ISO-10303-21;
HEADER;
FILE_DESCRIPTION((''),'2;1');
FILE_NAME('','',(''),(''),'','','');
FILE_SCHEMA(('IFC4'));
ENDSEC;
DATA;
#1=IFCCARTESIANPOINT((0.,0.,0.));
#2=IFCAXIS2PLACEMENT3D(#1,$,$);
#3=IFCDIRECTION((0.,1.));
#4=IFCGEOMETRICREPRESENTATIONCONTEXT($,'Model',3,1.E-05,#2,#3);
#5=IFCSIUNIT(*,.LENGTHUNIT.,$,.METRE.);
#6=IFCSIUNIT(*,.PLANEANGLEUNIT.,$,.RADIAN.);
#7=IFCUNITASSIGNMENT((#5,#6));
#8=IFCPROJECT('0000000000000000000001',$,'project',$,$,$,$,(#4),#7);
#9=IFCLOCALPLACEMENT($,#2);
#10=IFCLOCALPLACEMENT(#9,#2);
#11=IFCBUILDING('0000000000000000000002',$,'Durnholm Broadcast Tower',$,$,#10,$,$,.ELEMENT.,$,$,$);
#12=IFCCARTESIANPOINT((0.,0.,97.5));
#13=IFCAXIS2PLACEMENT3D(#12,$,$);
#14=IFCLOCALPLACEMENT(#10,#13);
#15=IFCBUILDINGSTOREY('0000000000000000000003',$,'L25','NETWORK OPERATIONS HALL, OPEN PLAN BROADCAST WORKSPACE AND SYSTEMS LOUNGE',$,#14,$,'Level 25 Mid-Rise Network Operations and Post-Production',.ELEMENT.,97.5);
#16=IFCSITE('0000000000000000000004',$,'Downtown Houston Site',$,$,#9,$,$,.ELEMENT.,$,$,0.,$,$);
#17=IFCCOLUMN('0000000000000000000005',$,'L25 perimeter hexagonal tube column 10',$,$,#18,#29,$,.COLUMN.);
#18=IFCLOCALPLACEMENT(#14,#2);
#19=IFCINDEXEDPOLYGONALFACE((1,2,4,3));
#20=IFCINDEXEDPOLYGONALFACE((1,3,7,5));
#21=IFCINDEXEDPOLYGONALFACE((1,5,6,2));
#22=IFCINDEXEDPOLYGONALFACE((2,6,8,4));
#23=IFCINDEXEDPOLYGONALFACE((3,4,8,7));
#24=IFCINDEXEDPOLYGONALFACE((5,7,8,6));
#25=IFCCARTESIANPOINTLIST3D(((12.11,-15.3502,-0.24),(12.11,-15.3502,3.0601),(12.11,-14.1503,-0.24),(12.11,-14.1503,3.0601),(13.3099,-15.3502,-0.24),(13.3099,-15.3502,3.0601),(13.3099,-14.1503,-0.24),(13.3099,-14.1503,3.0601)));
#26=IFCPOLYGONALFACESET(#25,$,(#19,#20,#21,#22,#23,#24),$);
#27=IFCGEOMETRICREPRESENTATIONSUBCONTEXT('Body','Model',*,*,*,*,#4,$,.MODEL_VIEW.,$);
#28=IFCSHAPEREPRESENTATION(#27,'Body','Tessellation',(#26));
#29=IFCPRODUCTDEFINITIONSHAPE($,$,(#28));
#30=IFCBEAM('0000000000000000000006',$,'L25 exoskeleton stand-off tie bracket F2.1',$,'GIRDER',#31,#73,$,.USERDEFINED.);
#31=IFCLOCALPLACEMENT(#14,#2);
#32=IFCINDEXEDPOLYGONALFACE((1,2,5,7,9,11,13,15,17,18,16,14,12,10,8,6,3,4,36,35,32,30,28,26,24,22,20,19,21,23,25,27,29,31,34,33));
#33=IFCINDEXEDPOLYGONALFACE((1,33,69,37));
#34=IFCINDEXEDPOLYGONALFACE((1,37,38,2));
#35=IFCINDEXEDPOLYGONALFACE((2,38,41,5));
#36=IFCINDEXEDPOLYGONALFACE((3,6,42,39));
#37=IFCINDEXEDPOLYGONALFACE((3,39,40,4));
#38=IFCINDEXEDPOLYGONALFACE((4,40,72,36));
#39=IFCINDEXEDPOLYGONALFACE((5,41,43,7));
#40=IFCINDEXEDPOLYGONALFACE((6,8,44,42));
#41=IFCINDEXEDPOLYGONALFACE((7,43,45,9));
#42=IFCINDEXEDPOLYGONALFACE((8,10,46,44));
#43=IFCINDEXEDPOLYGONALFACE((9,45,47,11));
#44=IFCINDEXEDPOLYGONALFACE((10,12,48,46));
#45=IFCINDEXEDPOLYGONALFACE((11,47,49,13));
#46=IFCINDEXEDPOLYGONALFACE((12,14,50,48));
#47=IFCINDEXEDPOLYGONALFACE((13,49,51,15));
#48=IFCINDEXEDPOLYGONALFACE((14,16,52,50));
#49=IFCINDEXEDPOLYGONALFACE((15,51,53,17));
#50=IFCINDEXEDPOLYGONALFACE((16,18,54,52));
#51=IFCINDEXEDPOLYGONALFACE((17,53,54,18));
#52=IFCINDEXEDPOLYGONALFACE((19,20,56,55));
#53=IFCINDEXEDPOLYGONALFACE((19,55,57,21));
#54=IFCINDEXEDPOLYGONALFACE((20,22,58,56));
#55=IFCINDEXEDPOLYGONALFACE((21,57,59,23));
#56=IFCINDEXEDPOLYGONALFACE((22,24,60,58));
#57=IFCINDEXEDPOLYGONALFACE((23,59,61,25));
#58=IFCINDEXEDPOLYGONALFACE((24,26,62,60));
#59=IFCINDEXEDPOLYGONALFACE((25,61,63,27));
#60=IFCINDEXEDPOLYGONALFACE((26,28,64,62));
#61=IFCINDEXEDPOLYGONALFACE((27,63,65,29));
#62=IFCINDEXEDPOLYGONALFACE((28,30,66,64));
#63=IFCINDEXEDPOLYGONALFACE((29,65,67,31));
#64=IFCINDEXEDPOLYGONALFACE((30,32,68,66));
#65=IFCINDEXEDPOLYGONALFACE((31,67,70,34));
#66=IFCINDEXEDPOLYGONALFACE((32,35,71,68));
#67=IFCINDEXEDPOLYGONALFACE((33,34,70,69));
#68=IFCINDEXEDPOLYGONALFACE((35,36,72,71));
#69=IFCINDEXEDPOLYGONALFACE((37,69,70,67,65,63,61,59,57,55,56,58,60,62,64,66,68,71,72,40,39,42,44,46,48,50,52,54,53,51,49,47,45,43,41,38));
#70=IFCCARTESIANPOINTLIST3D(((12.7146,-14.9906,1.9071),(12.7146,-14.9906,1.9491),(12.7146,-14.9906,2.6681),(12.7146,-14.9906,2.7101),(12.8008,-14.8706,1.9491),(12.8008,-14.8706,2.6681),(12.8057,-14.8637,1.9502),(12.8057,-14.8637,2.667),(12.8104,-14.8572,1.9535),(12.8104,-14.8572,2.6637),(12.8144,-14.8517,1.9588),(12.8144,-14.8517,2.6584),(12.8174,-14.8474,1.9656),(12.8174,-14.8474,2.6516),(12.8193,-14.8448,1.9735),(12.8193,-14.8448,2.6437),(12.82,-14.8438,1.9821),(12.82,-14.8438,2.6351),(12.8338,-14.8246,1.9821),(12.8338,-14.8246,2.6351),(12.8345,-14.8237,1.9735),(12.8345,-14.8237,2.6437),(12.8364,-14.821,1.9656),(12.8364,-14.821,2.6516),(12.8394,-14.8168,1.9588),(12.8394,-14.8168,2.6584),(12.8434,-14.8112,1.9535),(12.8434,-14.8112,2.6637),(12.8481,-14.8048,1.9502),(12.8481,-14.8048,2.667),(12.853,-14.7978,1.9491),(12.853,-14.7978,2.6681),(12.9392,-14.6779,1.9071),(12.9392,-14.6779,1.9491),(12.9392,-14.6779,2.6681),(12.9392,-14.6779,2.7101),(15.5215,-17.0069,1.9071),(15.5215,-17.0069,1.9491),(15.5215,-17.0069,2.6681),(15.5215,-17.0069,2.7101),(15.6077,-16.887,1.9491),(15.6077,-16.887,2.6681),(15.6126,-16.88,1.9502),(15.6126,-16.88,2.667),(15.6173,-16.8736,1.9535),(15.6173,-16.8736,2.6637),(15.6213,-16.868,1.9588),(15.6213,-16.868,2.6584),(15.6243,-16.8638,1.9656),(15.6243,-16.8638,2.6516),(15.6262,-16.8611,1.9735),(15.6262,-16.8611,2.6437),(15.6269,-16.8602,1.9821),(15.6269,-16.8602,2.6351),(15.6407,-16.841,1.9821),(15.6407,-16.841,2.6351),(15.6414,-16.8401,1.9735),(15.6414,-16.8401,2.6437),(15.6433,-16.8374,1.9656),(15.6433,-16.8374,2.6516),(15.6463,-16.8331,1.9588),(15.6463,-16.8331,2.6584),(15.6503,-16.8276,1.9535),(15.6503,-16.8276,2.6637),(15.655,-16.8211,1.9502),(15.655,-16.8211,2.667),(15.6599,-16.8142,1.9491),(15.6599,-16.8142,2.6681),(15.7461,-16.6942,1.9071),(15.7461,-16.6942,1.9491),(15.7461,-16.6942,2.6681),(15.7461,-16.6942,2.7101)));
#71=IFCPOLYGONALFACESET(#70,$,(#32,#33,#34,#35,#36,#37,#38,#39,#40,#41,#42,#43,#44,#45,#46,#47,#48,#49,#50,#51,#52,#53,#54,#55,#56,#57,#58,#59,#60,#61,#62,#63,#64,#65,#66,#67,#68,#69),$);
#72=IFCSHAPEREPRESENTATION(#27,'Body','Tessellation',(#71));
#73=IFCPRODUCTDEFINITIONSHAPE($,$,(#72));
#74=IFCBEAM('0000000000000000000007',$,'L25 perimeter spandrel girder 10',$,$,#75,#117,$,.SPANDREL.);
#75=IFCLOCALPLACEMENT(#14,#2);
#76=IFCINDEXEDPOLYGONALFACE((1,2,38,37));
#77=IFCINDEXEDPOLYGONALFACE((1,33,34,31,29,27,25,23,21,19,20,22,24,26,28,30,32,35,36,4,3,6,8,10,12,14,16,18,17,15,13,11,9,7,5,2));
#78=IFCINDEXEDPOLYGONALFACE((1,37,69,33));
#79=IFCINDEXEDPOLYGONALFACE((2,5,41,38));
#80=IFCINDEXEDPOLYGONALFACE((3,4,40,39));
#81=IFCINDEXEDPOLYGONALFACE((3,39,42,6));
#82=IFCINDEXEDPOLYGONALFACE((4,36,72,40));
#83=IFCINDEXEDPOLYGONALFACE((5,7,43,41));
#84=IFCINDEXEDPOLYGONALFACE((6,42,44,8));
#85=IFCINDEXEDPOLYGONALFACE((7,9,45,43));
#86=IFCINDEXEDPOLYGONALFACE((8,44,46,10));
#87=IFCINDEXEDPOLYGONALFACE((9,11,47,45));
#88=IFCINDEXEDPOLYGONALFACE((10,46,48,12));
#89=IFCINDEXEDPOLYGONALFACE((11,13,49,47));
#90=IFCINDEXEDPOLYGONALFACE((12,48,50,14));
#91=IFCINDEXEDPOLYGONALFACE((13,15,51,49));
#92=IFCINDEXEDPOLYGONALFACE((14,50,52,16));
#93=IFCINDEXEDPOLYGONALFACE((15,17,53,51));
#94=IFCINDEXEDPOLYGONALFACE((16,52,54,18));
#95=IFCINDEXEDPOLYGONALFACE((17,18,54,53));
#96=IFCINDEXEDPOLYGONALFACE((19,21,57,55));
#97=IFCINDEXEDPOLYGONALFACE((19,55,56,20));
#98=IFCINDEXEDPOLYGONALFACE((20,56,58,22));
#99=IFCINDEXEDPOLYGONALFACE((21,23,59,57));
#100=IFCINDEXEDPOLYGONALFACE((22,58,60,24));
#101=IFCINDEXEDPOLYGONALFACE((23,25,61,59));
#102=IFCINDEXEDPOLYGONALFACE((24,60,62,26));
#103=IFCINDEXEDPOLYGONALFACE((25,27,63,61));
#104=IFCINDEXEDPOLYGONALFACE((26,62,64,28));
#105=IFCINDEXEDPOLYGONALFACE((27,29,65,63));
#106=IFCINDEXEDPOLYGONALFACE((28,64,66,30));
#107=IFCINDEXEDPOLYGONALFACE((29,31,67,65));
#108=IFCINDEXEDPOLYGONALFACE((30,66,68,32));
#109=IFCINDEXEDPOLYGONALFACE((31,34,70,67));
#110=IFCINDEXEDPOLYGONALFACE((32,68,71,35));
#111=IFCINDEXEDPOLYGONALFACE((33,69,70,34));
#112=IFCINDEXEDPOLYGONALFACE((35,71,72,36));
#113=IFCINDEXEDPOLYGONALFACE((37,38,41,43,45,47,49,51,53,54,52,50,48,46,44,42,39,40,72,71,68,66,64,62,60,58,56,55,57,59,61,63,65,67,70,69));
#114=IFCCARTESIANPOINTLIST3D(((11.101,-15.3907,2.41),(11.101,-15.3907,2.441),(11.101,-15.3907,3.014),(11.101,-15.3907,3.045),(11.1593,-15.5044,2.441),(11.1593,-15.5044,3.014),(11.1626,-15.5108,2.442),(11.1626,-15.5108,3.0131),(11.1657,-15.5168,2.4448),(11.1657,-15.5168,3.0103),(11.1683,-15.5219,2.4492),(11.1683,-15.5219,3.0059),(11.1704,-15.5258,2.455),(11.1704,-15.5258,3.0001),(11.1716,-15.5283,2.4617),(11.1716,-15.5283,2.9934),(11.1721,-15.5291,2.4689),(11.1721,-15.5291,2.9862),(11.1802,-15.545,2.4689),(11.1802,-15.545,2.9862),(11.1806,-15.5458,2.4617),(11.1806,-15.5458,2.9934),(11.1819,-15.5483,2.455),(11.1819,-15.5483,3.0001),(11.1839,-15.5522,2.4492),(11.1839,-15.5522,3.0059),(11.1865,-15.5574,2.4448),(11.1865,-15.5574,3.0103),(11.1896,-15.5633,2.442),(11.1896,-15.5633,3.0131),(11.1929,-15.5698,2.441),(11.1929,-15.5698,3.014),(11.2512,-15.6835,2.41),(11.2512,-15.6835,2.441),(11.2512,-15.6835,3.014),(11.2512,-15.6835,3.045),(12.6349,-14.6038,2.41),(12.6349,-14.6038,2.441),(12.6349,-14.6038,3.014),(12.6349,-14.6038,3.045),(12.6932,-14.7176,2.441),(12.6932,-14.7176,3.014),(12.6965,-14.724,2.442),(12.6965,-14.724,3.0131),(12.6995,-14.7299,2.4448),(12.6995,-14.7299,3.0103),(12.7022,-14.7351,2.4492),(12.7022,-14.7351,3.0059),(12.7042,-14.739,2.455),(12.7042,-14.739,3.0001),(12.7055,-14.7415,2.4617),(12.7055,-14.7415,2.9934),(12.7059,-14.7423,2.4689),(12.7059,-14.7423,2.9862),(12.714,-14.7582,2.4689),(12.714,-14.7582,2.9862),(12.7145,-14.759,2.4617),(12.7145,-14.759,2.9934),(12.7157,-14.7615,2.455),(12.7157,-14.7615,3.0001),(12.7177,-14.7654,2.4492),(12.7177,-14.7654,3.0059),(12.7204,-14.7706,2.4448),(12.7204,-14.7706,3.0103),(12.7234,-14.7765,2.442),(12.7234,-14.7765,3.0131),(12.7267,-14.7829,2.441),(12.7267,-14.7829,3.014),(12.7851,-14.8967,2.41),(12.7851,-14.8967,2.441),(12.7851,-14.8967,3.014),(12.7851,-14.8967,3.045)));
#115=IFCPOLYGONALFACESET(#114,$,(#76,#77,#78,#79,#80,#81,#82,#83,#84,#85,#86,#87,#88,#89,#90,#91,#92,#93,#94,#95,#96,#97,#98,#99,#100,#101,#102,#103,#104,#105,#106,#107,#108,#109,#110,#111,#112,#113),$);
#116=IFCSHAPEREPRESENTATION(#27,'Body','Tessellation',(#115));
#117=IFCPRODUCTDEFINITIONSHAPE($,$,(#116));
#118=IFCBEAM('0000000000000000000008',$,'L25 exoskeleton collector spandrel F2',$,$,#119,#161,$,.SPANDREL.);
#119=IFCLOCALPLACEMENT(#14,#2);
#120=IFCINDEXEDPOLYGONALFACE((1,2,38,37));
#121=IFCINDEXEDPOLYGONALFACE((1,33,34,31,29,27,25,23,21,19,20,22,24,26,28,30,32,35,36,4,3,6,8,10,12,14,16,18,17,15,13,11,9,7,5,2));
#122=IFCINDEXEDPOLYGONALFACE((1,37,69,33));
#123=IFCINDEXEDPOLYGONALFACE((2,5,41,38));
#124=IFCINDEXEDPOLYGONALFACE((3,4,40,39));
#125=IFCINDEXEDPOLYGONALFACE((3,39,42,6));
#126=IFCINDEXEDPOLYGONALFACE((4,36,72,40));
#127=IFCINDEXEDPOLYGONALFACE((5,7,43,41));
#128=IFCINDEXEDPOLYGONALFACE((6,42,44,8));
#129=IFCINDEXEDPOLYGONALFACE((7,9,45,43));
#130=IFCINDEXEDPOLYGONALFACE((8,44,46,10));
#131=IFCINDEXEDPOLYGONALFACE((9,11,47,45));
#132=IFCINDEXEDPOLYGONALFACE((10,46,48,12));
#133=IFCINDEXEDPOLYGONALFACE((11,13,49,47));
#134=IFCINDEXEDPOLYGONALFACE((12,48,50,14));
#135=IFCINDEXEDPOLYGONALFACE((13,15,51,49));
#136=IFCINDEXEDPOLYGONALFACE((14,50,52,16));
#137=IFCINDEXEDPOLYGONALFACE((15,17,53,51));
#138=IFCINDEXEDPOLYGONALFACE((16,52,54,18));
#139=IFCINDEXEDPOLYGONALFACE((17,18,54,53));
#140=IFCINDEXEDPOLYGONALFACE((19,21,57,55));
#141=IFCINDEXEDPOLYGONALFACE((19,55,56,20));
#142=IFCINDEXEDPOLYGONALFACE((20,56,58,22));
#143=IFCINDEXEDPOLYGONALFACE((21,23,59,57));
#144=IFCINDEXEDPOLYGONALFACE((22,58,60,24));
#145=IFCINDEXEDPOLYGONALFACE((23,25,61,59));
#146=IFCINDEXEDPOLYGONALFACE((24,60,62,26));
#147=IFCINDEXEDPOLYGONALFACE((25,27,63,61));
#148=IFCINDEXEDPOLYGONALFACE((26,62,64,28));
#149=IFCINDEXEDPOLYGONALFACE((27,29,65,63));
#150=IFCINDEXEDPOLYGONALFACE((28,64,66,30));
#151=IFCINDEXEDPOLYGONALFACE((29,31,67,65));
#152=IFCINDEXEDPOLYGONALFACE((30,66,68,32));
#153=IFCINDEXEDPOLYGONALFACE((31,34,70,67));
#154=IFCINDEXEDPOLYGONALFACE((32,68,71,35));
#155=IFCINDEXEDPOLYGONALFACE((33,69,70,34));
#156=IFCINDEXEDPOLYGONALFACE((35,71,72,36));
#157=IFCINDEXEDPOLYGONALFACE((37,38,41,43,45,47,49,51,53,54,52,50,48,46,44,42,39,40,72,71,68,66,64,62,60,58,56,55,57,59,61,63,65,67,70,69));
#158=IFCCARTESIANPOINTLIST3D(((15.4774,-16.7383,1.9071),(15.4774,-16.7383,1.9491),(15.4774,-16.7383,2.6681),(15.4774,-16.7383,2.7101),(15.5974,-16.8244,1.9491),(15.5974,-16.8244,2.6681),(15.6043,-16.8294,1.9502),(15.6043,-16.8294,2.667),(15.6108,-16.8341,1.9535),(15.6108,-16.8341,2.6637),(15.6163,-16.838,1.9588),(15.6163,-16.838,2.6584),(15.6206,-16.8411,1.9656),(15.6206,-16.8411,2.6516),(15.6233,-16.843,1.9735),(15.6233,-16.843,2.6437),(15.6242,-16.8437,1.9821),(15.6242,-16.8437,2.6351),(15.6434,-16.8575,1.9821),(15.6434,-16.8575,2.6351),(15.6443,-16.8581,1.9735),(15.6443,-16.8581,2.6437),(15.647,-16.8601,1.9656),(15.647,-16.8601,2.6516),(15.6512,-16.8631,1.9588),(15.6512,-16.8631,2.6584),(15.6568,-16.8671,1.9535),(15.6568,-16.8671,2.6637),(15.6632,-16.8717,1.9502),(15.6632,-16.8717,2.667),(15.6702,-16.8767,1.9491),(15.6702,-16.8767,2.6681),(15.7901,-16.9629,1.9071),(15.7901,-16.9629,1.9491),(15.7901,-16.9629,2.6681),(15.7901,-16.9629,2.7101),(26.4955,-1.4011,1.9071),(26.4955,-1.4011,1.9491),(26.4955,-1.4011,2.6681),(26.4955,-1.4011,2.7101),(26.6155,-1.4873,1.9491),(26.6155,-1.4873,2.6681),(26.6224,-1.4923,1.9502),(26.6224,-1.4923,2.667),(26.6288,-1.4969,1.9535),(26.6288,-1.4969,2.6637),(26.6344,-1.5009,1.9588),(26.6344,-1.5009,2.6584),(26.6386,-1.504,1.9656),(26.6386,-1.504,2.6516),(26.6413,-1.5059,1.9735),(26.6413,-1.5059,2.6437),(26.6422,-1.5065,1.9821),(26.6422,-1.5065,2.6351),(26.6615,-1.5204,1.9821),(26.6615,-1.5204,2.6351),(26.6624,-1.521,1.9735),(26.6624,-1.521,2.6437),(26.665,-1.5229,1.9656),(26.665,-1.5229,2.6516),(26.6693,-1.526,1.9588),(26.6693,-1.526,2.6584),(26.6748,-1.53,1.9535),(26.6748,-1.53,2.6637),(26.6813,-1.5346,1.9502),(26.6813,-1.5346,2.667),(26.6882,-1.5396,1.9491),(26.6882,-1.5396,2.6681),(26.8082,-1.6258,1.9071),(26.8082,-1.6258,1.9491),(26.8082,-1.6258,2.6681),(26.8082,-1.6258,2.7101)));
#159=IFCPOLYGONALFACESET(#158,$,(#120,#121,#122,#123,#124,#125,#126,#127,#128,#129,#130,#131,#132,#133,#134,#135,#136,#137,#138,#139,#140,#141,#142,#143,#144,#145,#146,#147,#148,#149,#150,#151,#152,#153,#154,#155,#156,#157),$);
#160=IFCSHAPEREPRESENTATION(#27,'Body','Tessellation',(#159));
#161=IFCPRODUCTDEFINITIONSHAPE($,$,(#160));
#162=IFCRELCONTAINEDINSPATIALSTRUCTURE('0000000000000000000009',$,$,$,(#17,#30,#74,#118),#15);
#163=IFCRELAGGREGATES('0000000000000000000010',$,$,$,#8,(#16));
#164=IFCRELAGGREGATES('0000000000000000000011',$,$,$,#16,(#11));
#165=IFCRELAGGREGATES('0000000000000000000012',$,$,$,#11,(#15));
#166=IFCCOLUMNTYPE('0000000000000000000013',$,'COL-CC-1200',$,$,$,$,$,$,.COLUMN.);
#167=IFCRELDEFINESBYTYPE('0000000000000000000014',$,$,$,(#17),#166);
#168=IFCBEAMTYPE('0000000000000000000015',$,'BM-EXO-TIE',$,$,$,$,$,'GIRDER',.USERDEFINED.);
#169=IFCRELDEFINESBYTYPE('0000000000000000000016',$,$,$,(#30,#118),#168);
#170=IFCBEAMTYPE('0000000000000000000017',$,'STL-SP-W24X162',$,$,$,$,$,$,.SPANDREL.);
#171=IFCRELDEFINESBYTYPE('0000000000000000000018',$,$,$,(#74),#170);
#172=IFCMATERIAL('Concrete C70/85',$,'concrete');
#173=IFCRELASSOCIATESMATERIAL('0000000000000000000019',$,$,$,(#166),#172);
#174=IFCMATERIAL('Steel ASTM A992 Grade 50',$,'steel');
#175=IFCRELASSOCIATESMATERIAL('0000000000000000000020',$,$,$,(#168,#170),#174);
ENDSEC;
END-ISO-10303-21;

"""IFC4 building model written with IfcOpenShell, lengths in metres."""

from ifc_helpers import new_model, si_unit, direction, frame, origin, origin_2d, place, context, subcontext, project, spatial, rectangle, i_section, extrude, source, transform, mapped, material, material_profile, profile_set, type_object, type_shapes, element, save


model = new_model("IFC4")

# Units and contexts
model_context = context("Model", 3, precision=1e-05, world=origin(), true_north=direction((0.0, 1.0)))
body_context = subcontext(model_context, "Body", "Model", "MODEL_VIEW")
ifc_project = project(units=[si_unit("LENGTHUNIT", "METRE"), si_unit("PLANEANGLEUNIT", "RADIAN")], contexts=[model_context])

# Site, building, storey
site_placement = place(None, origin())
site = spatial("IfcSite", under=ifc_project, at=site_placement, Name="Downtown Houston Site", CompositionType="ELEMENT", RefElevation=0.0)
building_placement = place(site_placement, origin())
building = spatial("IfcBuilding", under=site, at=building_placement, Name="Durnholm Broadcast Tower", CompositionType="ELEMENT")
storey_placement = place(building_placement, frame((0.0, 0.0, 97.5)))
storey = spatial("IfcBuildingStorey", under=building, at=storey_placement, Name="L25", Description="NETWORK OPERATIONS HALL, OPEN PLAN BROADCAST WORKSPACE AND SYSTEMS LOUNGE", LongName="Level 25 Mid-Rise Network Operations and Post-Production", CompositionType="ELEMENT", Elevation=97.5)

# Column
ifc_material_1 = material(Name="Concrete C70/85", Category="concrete")
ifc_material_profile_1 = material_profile(ifc_material_1, rectangle(XDim=1.2, YDim=1.2, at=origin_2d()), Name="RC1200X1200")
ifc_profile_set_1 = profile_set([ifc_material_profile_1], Name="Concrete C70/85")
column_type = type_object("IfcColumnType", Name="COL-CC-1200", PredefinedType="COLUMN", material=ifc_profile_set_1)
shared_shape_1 = source(origin(), body_context, "Body", "SweptSolid", [
    extrude(rectangle(XDim=1.2, YDim=1.2, at=origin_2d()), origin(), (0.0, 0.0, 1.0), 3.3),
])
type_shapes(column_type, [shared_shape_1])
column_placement = place(storey_placement, frame((12.71, -14.7502, -0.24), z_axis=(0.0, 0.0, 1.0), x_axis=(1.0, 0.0, 0.0)))
element("IfcColumn", 1, at=column_placement, inside=storey, type_object=column_type, Name="L25 perimeter hexagonal tube column 10", PredefinedType="COLUMN", context=body_context, shape_type="MappedRepresentation", body=[
    mapped(shared_shape_1, transform((0.0, 0.0, 0.0), x_axis=(1.0, 0.0, 0.0), y_axis=(0.0, 1.0, 0.0), z_axis=(0.0, 0.0, 1.0), scale=1.0)),
])

# Beams
ifc_material_2 = material(Name="Steel ASTM A992 Grade 50", Category="steel")
ifc_material_profile_2 = material_profile(ifc_material_2, i_section(OverallWidth=0.385, OverallDepth=0.803, WebThickness=0.0237, FlangeThickness=0.042, FilletRadius=0.033, at=origin_2d()), Name="W30X261")
ifc_profile_set_2 = profile_set([ifc_material_profile_2], Name="Steel ASTM A992 Grade 50")
beam_type_1 = type_object("IfcBeamType", Name="BM-EXO-TIE", ElementType="GIRDER", PredefinedType="USERDEFINED", material=ifc_profile_set_2)
shared_shape_2 = source(origin(), body_context, "Body", "SweptSolid", [
    extrude(i_section(OverallWidth=0.385, OverallDepth=0.803, WebThickness=0.0237, FlangeThickness=0.042, FilletRadius=0.033, at=origin_2d()), origin(), (0.0, 0.0, 1.0), 3.4561),
])
beam_1_placement = place(storey_placement, frame((12.8269, -14.8342, 2.3086), z_axis=(0.812165, -0.583428, 0.0), x_axis=(0.583428, 0.812165, 0.0)))
element("IfcBeam", 2, at=beam_1_placement, inside=storey, type_object=beam_type_1, Name="L25 exoskeleton stand-off tie bracket F2.1", ObjectType="GIRDER", PredefinedType="USERDEFINED", context=body_context, shape_type="MappedRepresentation", body=[
    mapped(shared_shape_2, transform((0.0, 0.0, 0.0), x_axis=(1.0, 0.0, 0.0), y_axis=(0.0, 1.0, 0.0), z_axis=(0.0, 0.0, 1.0), scale=1.0)),
])
ifc_material_profile_3 = material_profile(ifc_material_2, i_section(OverallWidth=0.3291, OverallDepth=0.635, WebThickness=0.0178, FlangeThickness=0.031, FilletRadius=0.0278, at=origin_2d()), Name="W24X162")
ifc_profile_set_3 = profile_set([ifc_material_profile_3], Name="Steel ASTM A992 Grade 50")
beam_type_2 = type_object("IfcBeamType", Name="STL-SP-W24X162", PredefinedType="SPANDREL", material=ifc_profile_set_3)
shared_shape_3 = source(origin(), body_context, "Body", "SweptSolid", [
    extrude(i_section(OverallWidth=0.3291, OverallDepth=0.635, WebThickness=0.0178, FlangeThickness=0.031, FilletRadius=0.0278, at=origin_2d()), origin(), (0.0, 0.0, 1.0), 1.7239),
])
type_shapes(beam_type_2, [shared_shape_3])
beam_2_placement = place(storey_placement, frame((12.71, -14.7502, 2.7275), z_axis=(-0.889763, -0.456423, 0.0), x_axis=(0.456423, -0.889763, 0.0)))
element("IfcBeam", 3, at=beam_2_placement, inside=storey, type_object=beam_type_2, Name="L25 perimeter spandrel girder 10", PredefinedType="SPANDREL", context=body_context, shape_type="MappedRepresentation", body=[
    mapped(shared_shape_3, transform((0.0, 0.0, 0.0), x_axis=(1.0, 0.0, 0.0), y_axis=(0.0, 1.0, 0.0), z_axis=(0.0, 0.0, 1.0), scale=1.0)),
])
shared_shape_4 = source(origin(), body_context, "Body", "SweptSolid", [
    extrude(i_section(OverallWidth=0.385, OverallDepth=0.803, WebThickness=0.0237, FlangeThickness=0.042, FilletRadius=0.033, at=origin_2d()), origin(), (0.0, 0.0, 1.0), 18.8845),
])
type_shapes(beam_type_1, [shared_shape_2, shared_shape_4])
beam_3_placement = place(storey_placement, frame((15.6338, -16.8506, 2.3086), z_axis=(0.583443, 0.812154, 0.0), x_axis=(-0.812154, 0.583443, 0.0)))
element("IfcBeam", 4, at=beam_3_placement, inside=storey, type_object=beam_type_1, Name="L25 exoskeleton collector spandrel F2", PredefinedType="SPANDREL", context=body_context, shape_type="MappedRepresentation", body=[
    mapped(shared_shape_4, transform((0.0, 0.0, 0.0), x_axis=(1.0, 0.0, 0.0), y_axis=(0.0, 1.0, 0.0), z_axis=(0.0, 0.0, 1.0), scale=1.0)),
])

save(model, "model.ifc")
